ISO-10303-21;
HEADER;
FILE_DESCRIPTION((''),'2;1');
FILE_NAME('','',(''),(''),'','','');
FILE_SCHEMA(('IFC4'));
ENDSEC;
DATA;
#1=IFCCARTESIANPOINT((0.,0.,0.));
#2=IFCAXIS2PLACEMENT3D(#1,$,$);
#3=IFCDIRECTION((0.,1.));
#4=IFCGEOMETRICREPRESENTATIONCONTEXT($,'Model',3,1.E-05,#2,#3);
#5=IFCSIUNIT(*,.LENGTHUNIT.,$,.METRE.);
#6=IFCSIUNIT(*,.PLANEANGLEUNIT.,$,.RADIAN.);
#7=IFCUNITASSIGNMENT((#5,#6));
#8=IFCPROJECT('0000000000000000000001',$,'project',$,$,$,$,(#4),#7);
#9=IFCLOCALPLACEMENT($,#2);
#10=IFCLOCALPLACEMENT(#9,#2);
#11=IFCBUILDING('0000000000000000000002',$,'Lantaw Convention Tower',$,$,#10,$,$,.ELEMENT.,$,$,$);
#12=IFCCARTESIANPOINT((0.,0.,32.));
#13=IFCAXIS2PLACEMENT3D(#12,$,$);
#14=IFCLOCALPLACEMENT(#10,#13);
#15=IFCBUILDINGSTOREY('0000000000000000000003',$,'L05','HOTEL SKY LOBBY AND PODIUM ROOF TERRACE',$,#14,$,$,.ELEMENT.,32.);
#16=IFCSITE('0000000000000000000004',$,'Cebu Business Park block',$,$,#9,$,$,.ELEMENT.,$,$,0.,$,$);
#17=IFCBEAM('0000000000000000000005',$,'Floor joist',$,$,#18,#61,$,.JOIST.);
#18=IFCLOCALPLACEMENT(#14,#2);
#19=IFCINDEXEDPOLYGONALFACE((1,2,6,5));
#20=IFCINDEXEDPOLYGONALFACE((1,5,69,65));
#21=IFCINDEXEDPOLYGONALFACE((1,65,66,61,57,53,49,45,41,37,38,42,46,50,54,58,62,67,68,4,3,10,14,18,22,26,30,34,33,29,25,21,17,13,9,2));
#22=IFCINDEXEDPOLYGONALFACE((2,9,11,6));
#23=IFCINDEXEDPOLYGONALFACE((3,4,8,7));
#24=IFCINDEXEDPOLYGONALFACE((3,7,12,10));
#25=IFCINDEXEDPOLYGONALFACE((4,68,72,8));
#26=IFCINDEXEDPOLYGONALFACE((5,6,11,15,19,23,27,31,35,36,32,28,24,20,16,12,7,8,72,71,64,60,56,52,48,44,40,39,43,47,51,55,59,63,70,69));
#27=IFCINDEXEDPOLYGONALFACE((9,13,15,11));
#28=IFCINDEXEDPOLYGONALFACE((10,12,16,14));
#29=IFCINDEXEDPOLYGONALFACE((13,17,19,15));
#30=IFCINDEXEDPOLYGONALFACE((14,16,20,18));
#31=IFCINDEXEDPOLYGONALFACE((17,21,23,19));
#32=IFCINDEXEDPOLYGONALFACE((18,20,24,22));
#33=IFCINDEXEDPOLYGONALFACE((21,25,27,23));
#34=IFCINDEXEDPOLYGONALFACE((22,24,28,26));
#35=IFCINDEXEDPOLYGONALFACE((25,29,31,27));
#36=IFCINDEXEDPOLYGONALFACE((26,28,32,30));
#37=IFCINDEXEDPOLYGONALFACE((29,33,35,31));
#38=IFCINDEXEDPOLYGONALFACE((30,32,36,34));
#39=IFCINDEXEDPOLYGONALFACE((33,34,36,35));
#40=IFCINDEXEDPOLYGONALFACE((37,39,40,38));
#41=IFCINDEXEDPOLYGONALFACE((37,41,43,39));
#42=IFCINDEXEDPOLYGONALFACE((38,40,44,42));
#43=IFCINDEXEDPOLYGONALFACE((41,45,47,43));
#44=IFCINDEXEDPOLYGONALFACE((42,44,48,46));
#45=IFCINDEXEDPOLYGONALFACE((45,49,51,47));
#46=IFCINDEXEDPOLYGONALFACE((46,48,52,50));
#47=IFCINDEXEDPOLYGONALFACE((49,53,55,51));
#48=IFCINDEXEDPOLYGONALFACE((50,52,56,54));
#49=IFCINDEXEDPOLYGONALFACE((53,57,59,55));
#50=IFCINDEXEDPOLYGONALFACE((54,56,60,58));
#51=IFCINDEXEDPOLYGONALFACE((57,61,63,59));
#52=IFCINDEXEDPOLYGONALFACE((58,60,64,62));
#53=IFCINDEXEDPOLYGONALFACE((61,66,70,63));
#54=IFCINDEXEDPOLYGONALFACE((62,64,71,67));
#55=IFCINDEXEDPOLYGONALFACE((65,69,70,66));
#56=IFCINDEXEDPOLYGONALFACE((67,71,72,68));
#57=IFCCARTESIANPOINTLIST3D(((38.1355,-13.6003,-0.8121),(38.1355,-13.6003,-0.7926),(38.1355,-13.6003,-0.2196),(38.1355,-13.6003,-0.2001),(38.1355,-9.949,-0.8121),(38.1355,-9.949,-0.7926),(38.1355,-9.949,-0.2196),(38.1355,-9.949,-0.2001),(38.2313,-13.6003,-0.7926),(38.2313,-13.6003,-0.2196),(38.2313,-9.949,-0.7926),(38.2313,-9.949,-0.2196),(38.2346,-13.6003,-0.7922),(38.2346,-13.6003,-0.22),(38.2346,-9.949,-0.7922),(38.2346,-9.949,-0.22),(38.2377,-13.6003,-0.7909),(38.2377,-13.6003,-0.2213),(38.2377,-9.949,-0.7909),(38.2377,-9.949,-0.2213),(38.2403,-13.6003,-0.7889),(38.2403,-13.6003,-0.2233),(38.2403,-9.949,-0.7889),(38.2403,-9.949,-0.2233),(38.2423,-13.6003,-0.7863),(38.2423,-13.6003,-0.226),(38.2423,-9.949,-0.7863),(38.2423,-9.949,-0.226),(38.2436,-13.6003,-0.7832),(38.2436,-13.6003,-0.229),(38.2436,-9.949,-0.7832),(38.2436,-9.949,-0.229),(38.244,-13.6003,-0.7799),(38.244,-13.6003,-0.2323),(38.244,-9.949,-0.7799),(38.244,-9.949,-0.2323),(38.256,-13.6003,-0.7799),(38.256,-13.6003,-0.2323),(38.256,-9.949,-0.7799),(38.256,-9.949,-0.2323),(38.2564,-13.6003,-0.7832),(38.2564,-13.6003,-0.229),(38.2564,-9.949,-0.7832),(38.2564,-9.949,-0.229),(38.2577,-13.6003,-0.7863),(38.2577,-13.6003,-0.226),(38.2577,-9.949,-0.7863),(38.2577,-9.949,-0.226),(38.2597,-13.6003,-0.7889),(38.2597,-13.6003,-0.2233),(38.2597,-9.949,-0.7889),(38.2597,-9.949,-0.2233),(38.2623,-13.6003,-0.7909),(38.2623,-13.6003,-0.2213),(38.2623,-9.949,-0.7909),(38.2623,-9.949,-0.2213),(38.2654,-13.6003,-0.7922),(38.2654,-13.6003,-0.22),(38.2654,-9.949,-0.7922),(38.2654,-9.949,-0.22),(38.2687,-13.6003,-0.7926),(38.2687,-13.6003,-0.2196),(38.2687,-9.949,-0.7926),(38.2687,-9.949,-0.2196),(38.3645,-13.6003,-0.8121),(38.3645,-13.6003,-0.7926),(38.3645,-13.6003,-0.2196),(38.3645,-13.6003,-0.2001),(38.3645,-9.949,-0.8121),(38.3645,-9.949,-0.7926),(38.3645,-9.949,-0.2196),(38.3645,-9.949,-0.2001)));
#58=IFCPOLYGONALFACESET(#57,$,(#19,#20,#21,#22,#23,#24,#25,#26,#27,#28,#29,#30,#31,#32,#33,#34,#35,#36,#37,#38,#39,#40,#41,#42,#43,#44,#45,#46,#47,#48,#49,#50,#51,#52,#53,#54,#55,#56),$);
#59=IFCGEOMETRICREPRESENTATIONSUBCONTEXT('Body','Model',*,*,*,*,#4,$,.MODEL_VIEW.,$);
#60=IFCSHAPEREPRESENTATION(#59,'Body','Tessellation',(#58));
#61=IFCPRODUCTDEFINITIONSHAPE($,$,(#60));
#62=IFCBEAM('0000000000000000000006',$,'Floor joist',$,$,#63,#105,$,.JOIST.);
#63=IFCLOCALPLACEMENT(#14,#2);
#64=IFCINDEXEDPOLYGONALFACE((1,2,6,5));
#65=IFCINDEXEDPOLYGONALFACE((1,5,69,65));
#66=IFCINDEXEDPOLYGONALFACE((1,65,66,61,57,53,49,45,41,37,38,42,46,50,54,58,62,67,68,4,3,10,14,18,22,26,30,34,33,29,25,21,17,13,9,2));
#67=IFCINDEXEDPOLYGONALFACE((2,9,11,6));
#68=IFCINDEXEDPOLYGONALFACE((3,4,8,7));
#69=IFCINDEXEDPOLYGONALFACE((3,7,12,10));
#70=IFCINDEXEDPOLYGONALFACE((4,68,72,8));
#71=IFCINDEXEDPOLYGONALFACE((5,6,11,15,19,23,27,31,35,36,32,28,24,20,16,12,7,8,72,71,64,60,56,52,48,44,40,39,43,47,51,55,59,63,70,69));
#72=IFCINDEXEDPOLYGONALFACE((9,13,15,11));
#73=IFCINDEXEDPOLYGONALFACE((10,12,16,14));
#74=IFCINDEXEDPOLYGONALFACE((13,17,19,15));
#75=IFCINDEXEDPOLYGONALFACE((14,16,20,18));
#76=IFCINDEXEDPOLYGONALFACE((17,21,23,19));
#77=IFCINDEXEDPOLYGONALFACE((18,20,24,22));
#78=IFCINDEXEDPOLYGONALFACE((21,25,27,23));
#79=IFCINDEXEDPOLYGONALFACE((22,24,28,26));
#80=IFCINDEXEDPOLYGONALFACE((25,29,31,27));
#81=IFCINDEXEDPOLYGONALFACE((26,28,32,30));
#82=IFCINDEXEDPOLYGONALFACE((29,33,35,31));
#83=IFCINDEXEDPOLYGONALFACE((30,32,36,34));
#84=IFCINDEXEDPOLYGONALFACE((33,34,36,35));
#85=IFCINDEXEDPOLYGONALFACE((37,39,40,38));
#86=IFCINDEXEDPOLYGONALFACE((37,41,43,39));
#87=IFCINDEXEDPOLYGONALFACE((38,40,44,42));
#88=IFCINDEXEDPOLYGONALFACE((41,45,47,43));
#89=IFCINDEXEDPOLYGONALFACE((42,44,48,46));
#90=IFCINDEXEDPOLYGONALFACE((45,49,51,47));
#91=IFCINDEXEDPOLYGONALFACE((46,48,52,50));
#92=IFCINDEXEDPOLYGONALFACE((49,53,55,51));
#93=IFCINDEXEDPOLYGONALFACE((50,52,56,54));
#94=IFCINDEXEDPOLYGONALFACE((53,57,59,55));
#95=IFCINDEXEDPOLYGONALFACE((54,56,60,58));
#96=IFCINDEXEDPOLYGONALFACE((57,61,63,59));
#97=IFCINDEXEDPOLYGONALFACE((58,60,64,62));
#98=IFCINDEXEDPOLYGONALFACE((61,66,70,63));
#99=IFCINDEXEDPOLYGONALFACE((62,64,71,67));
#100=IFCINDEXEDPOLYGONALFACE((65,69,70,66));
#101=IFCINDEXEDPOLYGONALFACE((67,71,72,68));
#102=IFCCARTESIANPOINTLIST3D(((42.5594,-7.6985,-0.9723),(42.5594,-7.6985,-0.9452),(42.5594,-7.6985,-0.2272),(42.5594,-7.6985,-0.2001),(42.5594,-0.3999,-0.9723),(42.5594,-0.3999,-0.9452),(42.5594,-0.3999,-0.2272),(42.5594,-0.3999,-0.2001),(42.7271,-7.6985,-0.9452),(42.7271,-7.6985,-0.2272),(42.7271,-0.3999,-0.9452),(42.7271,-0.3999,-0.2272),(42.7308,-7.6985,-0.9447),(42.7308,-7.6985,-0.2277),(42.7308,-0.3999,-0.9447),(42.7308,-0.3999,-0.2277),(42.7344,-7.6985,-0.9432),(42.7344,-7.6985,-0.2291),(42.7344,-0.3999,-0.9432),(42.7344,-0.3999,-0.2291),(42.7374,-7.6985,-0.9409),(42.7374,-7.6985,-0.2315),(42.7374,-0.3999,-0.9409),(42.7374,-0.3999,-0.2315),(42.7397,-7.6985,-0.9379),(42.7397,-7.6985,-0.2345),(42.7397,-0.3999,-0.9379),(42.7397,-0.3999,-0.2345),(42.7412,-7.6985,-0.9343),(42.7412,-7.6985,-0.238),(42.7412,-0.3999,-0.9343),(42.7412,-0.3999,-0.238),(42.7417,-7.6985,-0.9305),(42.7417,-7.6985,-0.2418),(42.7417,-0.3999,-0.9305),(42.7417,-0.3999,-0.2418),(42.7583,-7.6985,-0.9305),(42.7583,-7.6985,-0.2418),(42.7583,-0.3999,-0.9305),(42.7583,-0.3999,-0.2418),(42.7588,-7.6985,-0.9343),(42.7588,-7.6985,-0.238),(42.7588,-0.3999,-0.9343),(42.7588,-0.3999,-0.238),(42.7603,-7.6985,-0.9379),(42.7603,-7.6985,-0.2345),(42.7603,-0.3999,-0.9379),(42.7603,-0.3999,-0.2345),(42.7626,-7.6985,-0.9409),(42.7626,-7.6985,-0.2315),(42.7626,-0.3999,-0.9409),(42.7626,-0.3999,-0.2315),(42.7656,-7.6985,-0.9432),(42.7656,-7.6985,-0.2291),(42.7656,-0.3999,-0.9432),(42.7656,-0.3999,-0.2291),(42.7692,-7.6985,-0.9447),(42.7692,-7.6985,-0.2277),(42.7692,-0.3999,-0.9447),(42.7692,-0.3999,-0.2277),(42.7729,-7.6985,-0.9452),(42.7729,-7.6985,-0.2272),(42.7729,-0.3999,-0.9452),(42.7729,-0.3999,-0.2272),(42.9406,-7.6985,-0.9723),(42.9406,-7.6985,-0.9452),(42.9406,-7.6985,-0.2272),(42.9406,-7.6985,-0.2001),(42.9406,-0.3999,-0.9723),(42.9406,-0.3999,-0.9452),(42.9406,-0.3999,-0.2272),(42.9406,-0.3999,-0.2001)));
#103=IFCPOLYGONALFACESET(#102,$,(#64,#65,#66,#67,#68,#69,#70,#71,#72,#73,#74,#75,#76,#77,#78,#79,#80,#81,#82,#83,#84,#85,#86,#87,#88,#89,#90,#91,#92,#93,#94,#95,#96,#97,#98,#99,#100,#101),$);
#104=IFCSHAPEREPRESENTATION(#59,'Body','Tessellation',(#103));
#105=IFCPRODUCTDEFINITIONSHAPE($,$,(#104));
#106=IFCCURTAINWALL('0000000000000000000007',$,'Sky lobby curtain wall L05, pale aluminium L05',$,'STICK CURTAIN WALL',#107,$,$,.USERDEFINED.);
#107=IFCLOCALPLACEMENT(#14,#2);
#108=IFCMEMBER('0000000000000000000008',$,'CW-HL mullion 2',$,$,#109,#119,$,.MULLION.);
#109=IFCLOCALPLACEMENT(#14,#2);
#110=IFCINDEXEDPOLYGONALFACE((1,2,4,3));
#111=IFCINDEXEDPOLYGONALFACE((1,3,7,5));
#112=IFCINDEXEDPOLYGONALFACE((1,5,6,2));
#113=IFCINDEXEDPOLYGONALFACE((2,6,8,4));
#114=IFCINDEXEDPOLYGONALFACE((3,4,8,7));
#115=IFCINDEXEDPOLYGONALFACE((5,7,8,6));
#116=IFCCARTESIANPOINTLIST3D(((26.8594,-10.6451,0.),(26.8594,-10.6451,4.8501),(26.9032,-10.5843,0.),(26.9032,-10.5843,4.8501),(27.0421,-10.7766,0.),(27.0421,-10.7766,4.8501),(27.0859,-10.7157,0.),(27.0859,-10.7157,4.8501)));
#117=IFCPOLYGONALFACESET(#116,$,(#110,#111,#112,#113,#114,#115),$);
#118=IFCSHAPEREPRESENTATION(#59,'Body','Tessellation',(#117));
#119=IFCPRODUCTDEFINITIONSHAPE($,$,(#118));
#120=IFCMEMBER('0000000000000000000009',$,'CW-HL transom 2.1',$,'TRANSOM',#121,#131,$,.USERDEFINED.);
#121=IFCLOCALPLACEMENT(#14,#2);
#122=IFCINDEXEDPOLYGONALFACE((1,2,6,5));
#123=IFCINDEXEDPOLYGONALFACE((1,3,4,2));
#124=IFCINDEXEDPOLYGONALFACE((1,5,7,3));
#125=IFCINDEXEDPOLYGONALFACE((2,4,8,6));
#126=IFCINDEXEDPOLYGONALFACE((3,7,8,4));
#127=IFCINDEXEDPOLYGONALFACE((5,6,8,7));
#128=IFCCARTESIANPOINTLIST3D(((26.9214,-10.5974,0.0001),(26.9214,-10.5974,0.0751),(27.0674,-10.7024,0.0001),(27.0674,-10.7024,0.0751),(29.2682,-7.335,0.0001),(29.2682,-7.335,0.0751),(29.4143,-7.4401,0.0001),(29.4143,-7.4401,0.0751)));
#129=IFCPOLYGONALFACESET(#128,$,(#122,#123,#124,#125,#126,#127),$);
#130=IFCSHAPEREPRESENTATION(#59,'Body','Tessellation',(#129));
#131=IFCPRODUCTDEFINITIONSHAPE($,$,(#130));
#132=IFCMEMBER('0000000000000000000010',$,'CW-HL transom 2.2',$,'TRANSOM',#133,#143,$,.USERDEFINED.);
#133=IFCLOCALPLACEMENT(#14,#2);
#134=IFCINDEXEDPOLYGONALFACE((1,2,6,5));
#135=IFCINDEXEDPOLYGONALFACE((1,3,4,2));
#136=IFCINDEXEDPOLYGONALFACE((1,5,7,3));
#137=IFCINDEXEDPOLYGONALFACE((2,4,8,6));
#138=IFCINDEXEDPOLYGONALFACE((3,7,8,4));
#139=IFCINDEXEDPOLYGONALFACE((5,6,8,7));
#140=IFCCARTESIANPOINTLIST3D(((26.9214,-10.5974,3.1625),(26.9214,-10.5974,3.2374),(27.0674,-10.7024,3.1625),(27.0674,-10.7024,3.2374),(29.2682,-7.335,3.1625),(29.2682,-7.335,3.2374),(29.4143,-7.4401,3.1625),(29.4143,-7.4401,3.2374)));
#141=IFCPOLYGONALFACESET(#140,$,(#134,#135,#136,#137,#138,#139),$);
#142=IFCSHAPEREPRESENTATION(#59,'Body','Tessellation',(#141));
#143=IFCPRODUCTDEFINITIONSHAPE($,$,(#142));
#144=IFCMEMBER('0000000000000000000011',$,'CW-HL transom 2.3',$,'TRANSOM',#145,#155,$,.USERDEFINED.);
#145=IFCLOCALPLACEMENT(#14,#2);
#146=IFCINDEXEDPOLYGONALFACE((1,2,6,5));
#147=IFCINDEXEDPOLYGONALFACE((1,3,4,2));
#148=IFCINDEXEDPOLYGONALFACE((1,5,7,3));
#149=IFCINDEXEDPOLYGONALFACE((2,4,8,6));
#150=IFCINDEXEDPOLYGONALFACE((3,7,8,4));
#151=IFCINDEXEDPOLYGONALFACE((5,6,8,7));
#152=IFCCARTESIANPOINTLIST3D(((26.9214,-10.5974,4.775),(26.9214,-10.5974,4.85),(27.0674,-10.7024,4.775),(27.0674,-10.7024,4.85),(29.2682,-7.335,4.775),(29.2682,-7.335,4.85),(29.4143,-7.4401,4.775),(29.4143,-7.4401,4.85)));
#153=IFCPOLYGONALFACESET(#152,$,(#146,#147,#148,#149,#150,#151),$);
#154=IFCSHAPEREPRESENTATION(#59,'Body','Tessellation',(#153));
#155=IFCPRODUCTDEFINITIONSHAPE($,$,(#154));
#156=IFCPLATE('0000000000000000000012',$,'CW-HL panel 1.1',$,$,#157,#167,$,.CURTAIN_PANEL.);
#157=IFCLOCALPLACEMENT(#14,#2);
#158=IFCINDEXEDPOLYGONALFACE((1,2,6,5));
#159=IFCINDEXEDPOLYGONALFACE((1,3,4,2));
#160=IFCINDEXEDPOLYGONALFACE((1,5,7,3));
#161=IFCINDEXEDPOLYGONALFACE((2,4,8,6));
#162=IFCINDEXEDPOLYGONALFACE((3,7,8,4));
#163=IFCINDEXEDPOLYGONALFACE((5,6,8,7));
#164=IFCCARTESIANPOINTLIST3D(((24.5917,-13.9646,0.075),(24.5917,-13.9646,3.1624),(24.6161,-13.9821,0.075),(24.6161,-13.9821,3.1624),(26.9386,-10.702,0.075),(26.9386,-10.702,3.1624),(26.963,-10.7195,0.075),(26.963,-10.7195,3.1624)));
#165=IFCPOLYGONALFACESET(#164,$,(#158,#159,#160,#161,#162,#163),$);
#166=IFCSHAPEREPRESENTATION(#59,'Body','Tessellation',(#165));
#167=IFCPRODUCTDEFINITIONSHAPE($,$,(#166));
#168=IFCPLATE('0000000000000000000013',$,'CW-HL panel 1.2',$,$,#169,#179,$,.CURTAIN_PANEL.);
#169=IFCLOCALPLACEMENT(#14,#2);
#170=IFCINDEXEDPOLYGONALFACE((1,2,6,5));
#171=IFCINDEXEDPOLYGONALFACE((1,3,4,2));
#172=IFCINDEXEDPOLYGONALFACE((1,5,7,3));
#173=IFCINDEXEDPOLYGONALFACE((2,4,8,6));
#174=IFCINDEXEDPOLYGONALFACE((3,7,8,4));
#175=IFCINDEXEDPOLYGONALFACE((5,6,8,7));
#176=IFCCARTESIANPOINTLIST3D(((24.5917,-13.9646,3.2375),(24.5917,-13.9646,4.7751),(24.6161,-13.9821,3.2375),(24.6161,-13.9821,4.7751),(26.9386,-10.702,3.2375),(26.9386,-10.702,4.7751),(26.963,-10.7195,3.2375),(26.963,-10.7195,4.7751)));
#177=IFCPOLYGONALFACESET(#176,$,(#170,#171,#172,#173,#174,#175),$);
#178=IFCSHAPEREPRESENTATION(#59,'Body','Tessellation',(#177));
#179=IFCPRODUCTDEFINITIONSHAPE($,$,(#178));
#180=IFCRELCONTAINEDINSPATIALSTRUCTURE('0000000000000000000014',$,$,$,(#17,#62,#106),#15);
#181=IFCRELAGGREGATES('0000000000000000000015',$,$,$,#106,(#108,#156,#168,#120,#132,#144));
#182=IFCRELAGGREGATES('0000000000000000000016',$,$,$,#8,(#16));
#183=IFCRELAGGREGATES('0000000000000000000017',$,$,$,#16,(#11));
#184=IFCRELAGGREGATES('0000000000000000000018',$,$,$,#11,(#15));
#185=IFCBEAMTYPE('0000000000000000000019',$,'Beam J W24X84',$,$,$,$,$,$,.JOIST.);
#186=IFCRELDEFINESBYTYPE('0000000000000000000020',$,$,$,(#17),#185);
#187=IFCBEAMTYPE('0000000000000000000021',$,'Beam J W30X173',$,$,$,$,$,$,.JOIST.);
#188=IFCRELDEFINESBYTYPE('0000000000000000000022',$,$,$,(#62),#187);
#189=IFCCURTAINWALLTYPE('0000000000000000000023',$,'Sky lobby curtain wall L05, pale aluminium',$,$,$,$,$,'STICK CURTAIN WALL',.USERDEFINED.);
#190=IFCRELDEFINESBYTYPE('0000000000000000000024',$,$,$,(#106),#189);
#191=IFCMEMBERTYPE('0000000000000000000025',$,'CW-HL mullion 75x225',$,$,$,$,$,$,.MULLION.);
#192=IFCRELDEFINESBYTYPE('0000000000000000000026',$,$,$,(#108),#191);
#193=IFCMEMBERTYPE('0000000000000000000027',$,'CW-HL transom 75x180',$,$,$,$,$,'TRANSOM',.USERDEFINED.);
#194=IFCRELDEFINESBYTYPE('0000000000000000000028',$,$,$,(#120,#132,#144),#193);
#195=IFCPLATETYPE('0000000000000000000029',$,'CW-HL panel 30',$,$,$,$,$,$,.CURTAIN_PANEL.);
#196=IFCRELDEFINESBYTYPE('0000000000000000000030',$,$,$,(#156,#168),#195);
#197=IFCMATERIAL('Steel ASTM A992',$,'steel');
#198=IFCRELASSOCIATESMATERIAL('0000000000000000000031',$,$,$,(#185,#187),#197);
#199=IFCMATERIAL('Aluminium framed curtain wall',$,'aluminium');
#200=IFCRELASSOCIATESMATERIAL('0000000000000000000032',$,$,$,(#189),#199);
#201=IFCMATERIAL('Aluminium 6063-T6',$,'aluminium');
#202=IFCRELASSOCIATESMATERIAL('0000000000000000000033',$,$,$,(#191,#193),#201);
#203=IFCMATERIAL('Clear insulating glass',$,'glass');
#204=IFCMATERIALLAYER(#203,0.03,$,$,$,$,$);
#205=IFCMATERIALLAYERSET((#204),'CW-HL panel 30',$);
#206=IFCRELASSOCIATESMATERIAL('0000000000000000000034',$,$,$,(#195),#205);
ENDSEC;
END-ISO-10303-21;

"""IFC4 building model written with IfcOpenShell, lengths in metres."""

from ifc_helpers import new_model, si_unit, direction, frame, origin, origin_2d, place, context, subcontext, project, spatial, rectangle, i_section, extrude, material, layer, layer_set, material_profile, profile_set, type_object, element, aggregate, save


model = new_model("IFC4")

# Units and contexts
model_context = context("Model", 3, precision=1e-05, world=origin(), true_north=direction((0.0, 1.0)))
body_context = subcontext(model_context, "Body", "Model", "MODEL_VIEW")
ifc_project = project(units=[si_unit("LENGTHUNIT", "METRE"), si_unit("PLANEANGLEUNIT", "RADIAN")], contexts=[model_context])

# Site, building, storey
site_placement = place(None, origin())
site = spatial("IfcSite", under=ifc_project, at=site_placement, Name="Cebu Business Park block", CompositionType="ELEMENT", RefElevation=0.0)
building_placement = place(site_placement, origin())
building = spatial("IfcBuilding", under=site, at=building_placement, Name="Lantaw Convention Tower", CompositionType="ELEMENT")
storey_placement = place(building_placement, frame((0.0, 0.0, 32.0)))
storey = spatial("IfcBuildingStorey", under=building, at=storey_placement, Name="L05", Description="HOTEL SKY LOBBY AND PODIUM ROOF TERRACE", CompositionType="ELEMENT", Elevation=32.0)

# Beams
ifc_material_1 = material(Name="Steel ASTM A992", Category="steel")
ifc_material_profile_1 = material_profile(ifc_material_1, i_section(OverallWidth=0.229, OverallDepth=0.6121, WebThickness=0.012, FlangeThickness=0.0195, FilletRadius=0.0127, at=origin_2d()), Name="W24X84")
ifc_profile_set_1 = profile_set([ifc_material_profile_1], Name="Steel ASTM A992")
beam_type_1 = type_object("IfcBeamType", Name="Beam J W24X84", PredefinedType="JOIST", material=ifc_profile_set_1)
beam_1_placement = place(storey_placement, frame((38.25, -13.6003, -0.5061), z_axis=(0.0, 1.0, 0.0), x_axis=(-1.0, 0.0, 0.0)))
element("IfcBeam", 1, at=beam_1_placement, inside=storey, type_object=beam_type_1, Name="Floor joist", PredefinedType="JOIST", context=body_context, shape_type="SweptSolid", body=[
    extrude(i_section(OverallWidth=0.229, OverallDepth=0.6121, WebThickness=0.012, FlangeThickness=0.0195, FilletRadius=0.0127, at=origin_2d()), origin(), (0.0, 0.0, 1.0), 3.6514),
])
ifc_material_profile_2 = material_profile(ifc_material_1, i_section(OverallWidth=0.3811, OverallDepth=0.7722, WebThickness=0.0166, FlangeThickness=0.0271, FilletRadius=0.0146, at=origin_2d()), Name="W30X173")
ifc_profile_set_2 = profile_set([ifc_material_profile_2], Name="Steel ASTM A992")
beam_type_2 = type_object("IfcBeamType", Name="Beam J W30X173", PredefinedType="JOIST", material=ifc_profile_set_2)
beam_2_placement = place(storey_placement, frame((42.75, -7.6985, -0.5862), z_axis=(0.0, 1.0, 0.0), x_axis=(-1.0, 0.0, 0.0)))
element("IfcBeam", 2, at=beam_2_placement, inside=storey, type_object=beam_type_2, Name="Floor joist", PredefinedType="JOIST", context=body_context, shape_type="SweptSolid", body=[
    extrude(i_section(OverallWidth=0.3811, OverallDepth=0.7722, WebThickness=0.0166, FlangeThickness=0.0271, FilletRadius=0.0146, at=origin_2d()), origin(), (0.0, 0.0, 1.0), 7.2986),
])

# Curtain wall, members, plates
ifc_material_2 = material(Name="Aluminium framed curtain wall", Category="aluminium")
curtain_wall_type = type_object("IfcCurtainWallType", Name="Sky lobby curtain wall L05, pale aluminium", ElementType="STICK CURTAIN WALL", PredefinedType="USERDEFINED", material=ifc_material_2)
curtain_wall_placement = place(storey_placement, origin())
curtain_wall = element("IfcCurtainWall", 3, at=curtain_wall_placement, inside=storey, type_object=curtain_wall_type, Name="Sky lobby curtain wall L05, pale aluminium L05", ObjectType="STICK CURTAIN WALL", PredefinedType="USERDEFINED")
ifc_material_3 = material(Name="Aluminium 6063-T6", Category="aluminium")
ifc_material_profile_3 = material_profile(ifc_material_3, rectangle(XDim=0.2251, YDim=0.075, at=origin_2d()), Name="CW-HL mullion 75x225")
ifc_profile_set_3 = profile_set([ifc_material_profile_3], Name="Aluminium 6063-T6")
member_type_1 = type_object("IfcMemberType", Name="CW-HL mullion 75x225", PredefinedType="MULLION", material=ifc_profile_set_3)
member_1_placement = place(storey_placement, frame((26.9727, -10.6804, 0.0), z_axis=(0.0, 0.0, 1.0), x_axis=(-0.811789, 0.583951, 0.0)))
member_1 = element("IfcMember", 4, at=member_1_placement, type_object=member_type_1, Name="CW-HL mullion 2", PredefinedType="MULLION", context=body_context, shape_type="SweptSolid", body=[
    extrude(rectangle(XDim=0.2251, YDim=0.075, at=origin_2d()), origin(), (0.0, 0.0, 1.0), 4.8501),
])
ifc_material_profile_4 = material_profile(ifc_material_3, rectangle(XDim=0.1799, YDim=0.075, at=origin_2d()), Name="CW-HL transom 75x180")
ifc_profile_set_4 = profile_set([ifc_material_profile_4], Name="Aluminium 6063-T6")
member_type_2 = type_object("IfcMemberType", Name="CW-HL transom 75x180", ElementType="TRANSOM", PredefinedType="USERDEFINED", material=ifc_profile_set_4)
member_2_placement = place(storey_placement, frame((26.9944, -10.6499, 0.0376), z_axis=(0.58397, 0.811775, 0.0), x_axis=(-0.811775, 0.58397, 0.0)))
member_2 = element("IfcMember", 5, at=member_2_placement, type_object=member_type_2, Name="CW-HL transom 2.1", ObjectType="TRANSOM", PredefinedType="USERDEFINED", context=body_context, shape_type="SweptSolid", body=[
    extrude(rectangle(XDim=0.1799, YDim=0.075, at=origin_2d()), origin(), (0.0, 0.0, 1.0), 4.0188),
])
member_3_placement = place(storey_placement, frame((26.9944, -10.6499, 3.2), z_axis=(0.58397, 0.811775, 0.0), x_axis=(-0.811775, 0.58397, 0.0)))
member_3 = element("IfcMember", 6, at=member_3_placement, type_object=member_type_2, Name="CW-HL transom 2.2", ObjectType="TRANSOM", PredefinedType="USERDEFINED", context=body_context, shape_type="SweptSolid", body=[
    extrude(rectangle(XDim=0.1799, YDim=0.075, at=origin_2d()), origin(), (0.0, 0.0, 1.0), 4.0188),
])
member_4_placement = place(storey_placement, frame((26.9944, -10.6499, 4.8125), z_axis=(0.58397, 0.811775, 0.0), x_axis=(-0.811775, 0.58397, 0.0)))
member_4 = element("IfcMember", 7, at=member_4_placement, type_object=member_type_2, Name="CW-HL transom 2.3", ObjectType="TRANSOM", PredefinedType="USERDEFINED", context=body_context, shape_type="SweptSolid", body=[
    extrude(rectangle(XDim=0.1799, YDim=0.075, at=origin_2d()), origin(), (0.0, 0.0, 1.0), 4.0188),
])
ifc_material_4 = material(Name="Clear insulating glass", Category="glass")
ifc_layer_1 = layer(ifc_material_4, 0.03)
ifc_layer_set_1 = layer_set([ifc_layer_1], Name="CW-HL panel 30")
plate_type = type_object("IfcPlateType", Name="CW-HL panel 30", PredefinedType="CURTAIN_PANEL", material=ifc_layer_set_1)
plate_1_placement = place(storey_placement, frame((25.7773, -12.342, 0.075), z_axis=(0.0, 0.0, 1.0), x_axis=(0.583951, 0.811789, 0.0)))
plate_1 = element("IfcPlate", 8, at=plate_1_placement, type_object=plate_type, Name="CW-HL panel 1.1", PredefinedType="CURTAIN_PANEL", context=body_context, shape_type="SweptSolid", body=[
    extrude(rectangle(XDim=4.019, YDim=0.03, at=origin_2d()), origin(), (0.0, 0.0, 1.0), 3.0874),
])
plate_2_placement = place(storey_placement, frame((25.7773, -12.342, 3.2375), z_axis=(0.0, 0.0, 1.0), x_axis=(0.583951, 0.811789, 0.0)))
plate_2 = element("IfcPlate", 9, at=plate_2_placement, type_object=plate_type, Name="CW-HL panel 1.2", PredefinedType="CURTAIN_PANEL", context=body_context, shape_type="SweptSolid", body=[
    extrude(rectangle(XDim=4.019, YDim=0.03, at=origin_2d()), origin(), (0.0, 0.0, 1.0), 1.5376),
])
aggregate(curtain_wall, [member_1, plate_1, plate_2, member_2, member_3, member_4])

save(model, "model.ifc")
